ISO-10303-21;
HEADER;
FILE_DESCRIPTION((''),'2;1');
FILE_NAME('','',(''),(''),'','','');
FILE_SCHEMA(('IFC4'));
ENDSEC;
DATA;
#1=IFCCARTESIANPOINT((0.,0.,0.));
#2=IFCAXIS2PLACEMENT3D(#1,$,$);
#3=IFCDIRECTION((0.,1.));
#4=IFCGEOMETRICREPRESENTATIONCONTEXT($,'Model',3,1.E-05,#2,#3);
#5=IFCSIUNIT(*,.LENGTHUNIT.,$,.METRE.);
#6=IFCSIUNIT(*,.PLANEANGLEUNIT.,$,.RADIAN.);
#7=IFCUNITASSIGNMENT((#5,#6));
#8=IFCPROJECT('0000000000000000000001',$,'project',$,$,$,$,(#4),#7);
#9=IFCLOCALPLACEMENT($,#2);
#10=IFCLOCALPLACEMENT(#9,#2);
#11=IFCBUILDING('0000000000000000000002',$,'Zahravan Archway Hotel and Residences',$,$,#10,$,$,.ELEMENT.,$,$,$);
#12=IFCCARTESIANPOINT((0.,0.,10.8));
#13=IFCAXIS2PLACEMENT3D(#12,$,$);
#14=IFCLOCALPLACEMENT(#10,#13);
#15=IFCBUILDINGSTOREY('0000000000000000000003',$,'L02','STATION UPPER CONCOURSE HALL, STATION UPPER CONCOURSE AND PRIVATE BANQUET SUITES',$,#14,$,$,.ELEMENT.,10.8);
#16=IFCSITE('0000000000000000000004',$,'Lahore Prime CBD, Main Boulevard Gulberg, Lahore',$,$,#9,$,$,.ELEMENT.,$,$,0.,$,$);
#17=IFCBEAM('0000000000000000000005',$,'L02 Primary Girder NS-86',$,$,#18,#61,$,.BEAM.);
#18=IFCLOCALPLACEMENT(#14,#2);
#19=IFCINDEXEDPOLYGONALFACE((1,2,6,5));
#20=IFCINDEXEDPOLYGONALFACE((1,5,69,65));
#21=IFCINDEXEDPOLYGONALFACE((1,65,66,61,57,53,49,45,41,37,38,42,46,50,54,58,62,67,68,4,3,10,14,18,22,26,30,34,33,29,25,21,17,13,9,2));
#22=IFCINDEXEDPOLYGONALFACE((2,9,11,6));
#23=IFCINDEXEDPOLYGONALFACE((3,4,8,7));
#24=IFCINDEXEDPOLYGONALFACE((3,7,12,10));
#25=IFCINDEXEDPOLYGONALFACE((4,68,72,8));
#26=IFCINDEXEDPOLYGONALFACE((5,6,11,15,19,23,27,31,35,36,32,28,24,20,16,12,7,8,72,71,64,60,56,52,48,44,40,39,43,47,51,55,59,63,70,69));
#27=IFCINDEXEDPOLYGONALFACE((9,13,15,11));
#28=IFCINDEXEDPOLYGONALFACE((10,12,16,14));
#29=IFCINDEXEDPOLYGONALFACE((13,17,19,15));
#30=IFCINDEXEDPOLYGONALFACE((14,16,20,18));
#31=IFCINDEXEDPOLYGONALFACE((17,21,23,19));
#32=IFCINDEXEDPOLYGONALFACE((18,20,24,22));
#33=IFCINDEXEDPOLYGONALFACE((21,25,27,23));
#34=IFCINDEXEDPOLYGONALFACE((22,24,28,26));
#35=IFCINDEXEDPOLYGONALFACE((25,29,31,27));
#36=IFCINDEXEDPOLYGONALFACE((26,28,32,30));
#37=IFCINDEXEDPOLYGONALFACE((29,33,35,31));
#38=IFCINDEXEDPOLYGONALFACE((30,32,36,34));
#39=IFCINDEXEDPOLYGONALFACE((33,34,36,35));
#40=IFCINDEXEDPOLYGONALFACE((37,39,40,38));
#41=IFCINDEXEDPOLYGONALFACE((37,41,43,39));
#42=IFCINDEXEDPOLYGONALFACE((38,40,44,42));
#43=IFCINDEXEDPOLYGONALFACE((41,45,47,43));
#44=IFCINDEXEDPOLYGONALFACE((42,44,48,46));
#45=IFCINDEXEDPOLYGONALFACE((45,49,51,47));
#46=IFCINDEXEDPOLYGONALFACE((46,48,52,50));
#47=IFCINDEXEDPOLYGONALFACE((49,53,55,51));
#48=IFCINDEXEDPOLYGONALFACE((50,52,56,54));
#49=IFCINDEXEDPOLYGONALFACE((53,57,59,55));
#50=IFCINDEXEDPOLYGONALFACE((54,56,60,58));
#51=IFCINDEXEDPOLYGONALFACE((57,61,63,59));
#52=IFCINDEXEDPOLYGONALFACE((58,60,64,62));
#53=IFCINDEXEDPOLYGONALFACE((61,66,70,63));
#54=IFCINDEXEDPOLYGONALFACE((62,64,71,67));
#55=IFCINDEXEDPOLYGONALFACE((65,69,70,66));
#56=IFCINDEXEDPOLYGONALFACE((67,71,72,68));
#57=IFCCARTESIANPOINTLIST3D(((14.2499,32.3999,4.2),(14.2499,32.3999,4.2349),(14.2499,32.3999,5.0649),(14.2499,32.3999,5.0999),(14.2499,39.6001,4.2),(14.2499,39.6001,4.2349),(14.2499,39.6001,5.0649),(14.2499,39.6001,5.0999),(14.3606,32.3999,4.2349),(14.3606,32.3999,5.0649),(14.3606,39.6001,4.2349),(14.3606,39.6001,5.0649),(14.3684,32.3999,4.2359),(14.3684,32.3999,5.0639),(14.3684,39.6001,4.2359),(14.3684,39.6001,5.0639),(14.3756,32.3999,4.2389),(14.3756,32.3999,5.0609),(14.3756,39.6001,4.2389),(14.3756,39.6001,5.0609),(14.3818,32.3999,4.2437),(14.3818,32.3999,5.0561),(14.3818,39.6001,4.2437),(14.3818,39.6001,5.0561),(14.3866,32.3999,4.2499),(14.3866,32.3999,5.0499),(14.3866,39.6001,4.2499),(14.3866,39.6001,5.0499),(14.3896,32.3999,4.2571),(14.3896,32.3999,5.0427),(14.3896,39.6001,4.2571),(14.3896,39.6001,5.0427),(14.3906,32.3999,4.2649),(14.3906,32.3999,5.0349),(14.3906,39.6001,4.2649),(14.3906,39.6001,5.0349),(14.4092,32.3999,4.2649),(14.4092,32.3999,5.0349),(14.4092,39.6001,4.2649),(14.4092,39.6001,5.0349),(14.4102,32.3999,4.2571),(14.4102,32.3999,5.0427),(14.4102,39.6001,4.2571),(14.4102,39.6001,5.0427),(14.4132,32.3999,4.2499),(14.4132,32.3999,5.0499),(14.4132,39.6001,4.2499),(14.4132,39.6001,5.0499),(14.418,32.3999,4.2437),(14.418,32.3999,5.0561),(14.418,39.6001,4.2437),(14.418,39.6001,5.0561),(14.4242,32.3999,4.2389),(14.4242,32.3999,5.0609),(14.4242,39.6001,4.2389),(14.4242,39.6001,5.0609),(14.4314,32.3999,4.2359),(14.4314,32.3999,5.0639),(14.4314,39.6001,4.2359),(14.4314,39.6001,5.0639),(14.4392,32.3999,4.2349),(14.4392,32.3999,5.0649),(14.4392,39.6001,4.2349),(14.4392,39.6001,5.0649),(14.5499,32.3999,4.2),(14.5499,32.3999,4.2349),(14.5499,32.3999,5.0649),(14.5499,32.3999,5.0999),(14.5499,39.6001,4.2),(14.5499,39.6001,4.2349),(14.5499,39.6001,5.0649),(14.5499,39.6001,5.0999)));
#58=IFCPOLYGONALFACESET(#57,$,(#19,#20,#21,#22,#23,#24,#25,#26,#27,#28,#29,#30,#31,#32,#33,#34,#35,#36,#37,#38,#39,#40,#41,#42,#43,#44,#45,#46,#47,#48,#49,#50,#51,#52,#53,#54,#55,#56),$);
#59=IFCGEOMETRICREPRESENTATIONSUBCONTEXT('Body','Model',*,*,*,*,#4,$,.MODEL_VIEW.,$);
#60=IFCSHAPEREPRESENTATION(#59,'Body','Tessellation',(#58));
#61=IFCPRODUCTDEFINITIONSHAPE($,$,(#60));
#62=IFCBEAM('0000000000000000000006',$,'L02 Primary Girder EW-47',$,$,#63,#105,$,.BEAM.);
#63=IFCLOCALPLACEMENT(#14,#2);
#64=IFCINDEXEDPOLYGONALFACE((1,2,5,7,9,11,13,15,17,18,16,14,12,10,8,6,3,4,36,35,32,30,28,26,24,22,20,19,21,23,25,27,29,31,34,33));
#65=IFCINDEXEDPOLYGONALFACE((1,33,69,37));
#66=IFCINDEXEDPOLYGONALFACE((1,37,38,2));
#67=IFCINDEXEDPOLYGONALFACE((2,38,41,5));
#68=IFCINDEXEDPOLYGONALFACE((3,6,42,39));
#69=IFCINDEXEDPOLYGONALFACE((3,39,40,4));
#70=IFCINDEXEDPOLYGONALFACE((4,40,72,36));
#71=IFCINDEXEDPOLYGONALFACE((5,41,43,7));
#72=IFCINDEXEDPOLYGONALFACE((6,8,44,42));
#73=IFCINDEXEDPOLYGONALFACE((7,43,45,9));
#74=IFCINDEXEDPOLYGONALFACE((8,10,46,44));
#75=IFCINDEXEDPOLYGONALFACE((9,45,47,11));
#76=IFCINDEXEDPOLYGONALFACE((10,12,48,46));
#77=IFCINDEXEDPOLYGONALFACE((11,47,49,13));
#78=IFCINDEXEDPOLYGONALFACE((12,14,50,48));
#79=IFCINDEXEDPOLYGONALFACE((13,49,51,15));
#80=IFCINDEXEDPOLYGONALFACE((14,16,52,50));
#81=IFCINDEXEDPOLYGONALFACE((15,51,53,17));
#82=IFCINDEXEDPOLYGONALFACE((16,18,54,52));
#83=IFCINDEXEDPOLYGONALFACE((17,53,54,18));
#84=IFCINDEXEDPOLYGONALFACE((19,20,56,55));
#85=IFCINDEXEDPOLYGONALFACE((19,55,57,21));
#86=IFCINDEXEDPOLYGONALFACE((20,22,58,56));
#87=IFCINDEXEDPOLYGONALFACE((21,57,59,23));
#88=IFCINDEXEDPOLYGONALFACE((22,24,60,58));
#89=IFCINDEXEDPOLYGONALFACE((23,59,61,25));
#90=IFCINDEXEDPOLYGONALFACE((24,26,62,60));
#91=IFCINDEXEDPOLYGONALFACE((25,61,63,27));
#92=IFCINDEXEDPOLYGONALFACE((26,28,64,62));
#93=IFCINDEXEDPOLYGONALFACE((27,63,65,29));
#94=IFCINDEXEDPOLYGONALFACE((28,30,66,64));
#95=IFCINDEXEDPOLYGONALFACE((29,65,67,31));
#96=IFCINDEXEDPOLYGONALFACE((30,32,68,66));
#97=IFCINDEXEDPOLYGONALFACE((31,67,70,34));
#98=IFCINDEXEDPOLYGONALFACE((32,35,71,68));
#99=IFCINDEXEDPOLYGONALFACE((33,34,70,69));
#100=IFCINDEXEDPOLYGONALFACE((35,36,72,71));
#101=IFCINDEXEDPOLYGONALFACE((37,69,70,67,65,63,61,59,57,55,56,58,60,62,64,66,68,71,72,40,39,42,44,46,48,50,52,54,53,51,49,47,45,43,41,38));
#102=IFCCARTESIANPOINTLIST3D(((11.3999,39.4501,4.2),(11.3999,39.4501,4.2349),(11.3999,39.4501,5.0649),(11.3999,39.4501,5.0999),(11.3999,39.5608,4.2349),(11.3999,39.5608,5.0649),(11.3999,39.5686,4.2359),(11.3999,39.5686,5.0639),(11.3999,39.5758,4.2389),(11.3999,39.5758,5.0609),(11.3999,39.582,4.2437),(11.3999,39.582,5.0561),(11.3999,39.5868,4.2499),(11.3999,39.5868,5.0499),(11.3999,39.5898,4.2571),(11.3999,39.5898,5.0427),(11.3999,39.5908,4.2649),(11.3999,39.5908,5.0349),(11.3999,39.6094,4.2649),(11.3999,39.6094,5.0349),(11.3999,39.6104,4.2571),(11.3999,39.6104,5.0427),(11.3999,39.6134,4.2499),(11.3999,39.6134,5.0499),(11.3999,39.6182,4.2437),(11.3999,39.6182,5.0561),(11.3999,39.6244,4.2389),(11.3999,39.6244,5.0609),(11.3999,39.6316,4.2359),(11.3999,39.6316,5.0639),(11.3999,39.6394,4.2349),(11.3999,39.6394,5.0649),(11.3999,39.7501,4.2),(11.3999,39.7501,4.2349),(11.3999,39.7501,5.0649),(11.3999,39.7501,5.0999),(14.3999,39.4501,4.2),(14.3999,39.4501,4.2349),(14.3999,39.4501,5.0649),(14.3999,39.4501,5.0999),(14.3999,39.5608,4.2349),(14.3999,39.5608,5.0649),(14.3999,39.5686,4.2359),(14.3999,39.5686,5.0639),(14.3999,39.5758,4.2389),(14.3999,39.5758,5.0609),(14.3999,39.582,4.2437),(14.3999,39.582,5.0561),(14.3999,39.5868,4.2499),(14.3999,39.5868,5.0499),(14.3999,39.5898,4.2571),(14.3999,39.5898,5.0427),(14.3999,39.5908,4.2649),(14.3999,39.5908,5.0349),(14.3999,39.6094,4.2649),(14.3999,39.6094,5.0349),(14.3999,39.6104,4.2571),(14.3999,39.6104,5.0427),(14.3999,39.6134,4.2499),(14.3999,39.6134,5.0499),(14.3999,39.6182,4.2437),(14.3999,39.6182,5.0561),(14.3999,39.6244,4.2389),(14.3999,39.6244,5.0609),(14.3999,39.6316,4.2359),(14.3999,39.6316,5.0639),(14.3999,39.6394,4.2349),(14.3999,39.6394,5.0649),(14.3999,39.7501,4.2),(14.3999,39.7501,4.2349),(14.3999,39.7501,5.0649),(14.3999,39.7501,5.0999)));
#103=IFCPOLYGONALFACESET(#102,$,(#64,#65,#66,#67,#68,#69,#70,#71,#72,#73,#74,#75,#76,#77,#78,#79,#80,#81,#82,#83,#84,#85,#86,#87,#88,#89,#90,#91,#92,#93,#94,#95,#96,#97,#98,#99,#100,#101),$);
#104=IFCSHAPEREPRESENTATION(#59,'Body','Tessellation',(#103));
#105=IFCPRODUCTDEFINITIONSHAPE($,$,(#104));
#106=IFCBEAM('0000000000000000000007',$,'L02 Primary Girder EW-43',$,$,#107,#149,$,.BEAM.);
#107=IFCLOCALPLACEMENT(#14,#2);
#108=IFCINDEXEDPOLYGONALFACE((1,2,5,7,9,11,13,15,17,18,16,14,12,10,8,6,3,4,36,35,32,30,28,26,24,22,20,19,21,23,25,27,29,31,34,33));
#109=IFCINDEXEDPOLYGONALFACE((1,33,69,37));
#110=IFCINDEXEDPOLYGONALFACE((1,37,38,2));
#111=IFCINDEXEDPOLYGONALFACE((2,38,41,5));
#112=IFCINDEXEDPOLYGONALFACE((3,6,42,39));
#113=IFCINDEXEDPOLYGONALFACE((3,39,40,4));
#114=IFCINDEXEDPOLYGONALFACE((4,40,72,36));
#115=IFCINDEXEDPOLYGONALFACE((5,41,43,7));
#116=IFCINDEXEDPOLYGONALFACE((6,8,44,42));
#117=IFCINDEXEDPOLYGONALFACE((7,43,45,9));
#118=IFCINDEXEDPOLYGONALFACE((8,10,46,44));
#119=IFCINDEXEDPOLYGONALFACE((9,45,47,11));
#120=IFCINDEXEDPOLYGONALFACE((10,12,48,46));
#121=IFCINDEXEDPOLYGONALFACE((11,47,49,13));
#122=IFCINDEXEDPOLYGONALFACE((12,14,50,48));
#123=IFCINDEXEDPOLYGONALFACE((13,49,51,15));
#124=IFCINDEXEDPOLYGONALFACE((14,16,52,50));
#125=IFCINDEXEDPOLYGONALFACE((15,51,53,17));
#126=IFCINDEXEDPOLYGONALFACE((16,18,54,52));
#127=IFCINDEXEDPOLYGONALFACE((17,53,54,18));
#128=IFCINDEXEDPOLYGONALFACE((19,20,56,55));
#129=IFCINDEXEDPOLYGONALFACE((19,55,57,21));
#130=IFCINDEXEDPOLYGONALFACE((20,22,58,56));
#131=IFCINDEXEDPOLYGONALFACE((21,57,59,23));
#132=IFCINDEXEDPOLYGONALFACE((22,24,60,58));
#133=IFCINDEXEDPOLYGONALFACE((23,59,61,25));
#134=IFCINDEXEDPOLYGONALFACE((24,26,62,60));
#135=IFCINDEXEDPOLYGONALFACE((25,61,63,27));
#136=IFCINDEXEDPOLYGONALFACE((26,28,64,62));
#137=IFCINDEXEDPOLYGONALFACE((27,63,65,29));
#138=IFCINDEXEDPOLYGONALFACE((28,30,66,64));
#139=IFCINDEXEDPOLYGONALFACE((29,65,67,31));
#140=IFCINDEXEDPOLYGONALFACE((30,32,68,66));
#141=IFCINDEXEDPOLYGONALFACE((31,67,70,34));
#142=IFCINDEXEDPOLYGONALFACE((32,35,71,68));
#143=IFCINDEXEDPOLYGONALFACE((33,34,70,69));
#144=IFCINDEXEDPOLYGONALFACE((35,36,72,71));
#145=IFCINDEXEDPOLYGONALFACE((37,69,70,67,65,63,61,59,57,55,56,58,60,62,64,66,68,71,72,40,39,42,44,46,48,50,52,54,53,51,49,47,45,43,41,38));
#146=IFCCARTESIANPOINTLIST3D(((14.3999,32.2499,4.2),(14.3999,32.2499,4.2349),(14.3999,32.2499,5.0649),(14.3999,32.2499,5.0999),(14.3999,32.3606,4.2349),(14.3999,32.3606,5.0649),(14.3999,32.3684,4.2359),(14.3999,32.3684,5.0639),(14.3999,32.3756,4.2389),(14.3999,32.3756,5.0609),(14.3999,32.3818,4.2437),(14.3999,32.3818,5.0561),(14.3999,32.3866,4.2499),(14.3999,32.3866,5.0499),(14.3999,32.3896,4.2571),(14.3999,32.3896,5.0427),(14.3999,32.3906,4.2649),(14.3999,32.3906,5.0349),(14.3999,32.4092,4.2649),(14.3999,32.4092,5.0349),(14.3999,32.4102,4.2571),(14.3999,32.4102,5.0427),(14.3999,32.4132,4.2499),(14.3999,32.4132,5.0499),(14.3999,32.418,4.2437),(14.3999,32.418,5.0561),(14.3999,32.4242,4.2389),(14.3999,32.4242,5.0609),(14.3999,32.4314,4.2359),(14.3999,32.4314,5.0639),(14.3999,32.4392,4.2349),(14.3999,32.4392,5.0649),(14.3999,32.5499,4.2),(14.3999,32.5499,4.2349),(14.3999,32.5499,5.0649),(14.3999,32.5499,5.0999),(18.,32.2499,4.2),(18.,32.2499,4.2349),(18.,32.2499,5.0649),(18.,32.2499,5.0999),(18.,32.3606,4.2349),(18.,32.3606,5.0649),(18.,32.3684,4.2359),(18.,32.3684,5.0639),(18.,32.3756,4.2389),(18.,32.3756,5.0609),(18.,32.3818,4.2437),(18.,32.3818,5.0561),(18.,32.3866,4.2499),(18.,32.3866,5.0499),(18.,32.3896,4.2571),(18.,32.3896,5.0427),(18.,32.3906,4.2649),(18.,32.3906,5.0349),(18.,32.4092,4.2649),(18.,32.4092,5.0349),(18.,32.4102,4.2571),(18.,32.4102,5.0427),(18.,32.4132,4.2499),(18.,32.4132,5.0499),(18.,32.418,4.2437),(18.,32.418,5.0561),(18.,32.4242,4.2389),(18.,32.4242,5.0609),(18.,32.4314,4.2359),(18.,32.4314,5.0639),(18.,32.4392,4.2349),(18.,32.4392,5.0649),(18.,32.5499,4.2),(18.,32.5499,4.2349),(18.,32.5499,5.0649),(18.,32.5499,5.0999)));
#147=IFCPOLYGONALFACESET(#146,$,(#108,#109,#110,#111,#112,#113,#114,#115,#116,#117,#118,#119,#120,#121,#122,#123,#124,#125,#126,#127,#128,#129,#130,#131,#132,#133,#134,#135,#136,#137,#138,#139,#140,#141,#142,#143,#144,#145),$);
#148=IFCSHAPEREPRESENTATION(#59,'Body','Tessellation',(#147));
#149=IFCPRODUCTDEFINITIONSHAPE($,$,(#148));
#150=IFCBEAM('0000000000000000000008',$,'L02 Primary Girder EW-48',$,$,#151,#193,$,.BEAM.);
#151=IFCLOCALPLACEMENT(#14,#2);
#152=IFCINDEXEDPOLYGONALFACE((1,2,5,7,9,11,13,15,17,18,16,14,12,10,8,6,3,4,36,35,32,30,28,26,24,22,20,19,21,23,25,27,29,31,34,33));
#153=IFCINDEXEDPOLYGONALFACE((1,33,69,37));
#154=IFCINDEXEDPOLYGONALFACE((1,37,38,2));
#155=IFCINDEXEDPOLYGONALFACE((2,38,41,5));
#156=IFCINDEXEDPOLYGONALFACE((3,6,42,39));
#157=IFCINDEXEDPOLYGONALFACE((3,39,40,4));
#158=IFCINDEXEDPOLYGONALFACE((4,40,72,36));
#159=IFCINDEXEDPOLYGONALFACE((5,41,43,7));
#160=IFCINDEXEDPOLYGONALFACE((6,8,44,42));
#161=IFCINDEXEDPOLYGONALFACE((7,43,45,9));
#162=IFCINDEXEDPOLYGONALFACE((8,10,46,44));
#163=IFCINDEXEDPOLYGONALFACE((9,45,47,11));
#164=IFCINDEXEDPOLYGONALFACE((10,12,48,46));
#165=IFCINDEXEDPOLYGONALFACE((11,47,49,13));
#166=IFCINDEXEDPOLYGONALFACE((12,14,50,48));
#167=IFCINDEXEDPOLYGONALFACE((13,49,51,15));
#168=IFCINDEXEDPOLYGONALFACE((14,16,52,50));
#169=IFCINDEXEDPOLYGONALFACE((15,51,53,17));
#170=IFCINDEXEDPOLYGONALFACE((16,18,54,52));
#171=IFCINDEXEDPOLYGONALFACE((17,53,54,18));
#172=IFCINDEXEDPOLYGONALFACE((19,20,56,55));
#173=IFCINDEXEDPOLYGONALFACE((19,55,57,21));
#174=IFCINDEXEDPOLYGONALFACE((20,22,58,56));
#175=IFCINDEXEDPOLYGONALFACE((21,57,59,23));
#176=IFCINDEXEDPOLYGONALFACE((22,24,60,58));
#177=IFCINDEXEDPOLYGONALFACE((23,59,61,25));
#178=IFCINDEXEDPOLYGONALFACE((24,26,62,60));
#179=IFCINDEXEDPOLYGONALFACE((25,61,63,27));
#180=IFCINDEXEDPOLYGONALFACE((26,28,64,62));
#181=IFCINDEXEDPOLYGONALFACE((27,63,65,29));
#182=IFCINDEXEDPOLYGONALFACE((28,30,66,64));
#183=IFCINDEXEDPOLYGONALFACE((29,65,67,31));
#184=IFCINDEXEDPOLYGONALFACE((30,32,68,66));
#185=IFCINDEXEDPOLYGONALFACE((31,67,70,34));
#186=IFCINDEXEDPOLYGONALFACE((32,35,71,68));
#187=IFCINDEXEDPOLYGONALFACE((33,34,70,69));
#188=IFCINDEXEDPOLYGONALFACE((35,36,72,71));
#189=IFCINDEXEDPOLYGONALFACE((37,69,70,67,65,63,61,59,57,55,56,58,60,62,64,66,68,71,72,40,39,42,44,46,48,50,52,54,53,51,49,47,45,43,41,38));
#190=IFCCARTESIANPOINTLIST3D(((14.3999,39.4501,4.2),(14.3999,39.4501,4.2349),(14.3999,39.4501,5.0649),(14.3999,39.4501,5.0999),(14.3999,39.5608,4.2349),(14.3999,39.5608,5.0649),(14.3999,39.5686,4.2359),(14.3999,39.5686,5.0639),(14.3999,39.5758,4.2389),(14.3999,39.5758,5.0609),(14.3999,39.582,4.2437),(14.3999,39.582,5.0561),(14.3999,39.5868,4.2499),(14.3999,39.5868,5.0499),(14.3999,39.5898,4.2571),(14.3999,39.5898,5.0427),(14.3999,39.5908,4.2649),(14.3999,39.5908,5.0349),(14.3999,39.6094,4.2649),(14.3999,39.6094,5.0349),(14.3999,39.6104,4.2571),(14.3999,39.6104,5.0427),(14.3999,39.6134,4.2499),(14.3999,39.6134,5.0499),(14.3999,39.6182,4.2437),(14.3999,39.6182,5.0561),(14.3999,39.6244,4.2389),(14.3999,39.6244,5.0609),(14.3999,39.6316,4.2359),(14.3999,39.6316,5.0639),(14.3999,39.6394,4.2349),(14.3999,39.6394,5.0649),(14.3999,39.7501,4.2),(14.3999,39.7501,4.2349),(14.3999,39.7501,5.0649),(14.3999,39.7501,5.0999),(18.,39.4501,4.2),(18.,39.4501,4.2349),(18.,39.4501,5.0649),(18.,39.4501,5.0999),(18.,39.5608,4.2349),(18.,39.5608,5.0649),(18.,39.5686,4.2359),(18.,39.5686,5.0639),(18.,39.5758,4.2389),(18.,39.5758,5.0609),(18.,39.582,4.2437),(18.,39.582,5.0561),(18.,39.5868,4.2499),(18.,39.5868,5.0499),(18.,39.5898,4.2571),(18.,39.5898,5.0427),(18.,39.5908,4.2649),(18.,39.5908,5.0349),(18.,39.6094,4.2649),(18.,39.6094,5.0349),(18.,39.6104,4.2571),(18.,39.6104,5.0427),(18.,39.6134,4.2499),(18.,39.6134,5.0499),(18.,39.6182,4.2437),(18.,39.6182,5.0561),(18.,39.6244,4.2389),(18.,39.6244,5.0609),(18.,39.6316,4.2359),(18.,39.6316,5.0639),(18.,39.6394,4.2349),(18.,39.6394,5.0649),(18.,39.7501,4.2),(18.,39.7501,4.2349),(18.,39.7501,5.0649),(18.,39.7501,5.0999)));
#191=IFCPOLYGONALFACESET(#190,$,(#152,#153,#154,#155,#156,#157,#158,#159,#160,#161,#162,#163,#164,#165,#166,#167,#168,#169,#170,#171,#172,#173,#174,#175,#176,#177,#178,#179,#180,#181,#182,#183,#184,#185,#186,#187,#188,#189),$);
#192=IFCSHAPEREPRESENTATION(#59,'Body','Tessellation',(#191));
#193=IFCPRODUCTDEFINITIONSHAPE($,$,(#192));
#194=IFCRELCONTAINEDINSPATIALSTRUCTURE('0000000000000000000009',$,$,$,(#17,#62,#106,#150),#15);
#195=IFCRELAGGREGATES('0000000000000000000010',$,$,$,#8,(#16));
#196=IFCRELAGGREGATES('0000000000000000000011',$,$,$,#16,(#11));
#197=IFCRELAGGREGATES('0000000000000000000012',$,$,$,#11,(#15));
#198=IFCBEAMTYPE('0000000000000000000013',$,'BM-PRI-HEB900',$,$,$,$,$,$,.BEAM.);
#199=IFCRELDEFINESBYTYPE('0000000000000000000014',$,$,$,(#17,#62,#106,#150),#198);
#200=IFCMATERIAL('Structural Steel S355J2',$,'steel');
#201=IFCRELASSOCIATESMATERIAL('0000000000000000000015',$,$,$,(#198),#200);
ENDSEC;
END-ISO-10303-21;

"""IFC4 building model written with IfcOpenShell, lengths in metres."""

from ifc_helpers import new_model, si_unit, direction, frame, origin, origin_2d, place, context, subcontext, project, spatial, i_section, extrude, source, transform, mapped, material, material_profile, profile_set, type_object, element, save


model = new_model("IFC4")

# Units and contexts
model_context = context("Model", 3, precision=1e-05, world=origin(), true_north=direction((0.0, 1.0)))
body_context = subcontext(model_context, "Body", "Model", "MODEL_VIEW")
ifc_project = project(units=[si_unit("LENGTHUNIT", "METRE"), si_unit("PLANEANGLEUNIT", "RADIAN")], contexts=[model_context])

# Site, building, storey
site_placement = place(None, origin())
site = spatial("IfcSite", under=ifc_project, at=site_placement, Name="Lahore Prime CBD, Main Boulevard Gulberg, Lahore", CompositionType="ELEMENT", RefElevation=0.0)
building_placement = place(site_placement, origin())
building = spatial("IfcBuilding", under=site, at=building_placement, Name="Zahravan Archway Hotel and Residences", CompositionType="ELEMENT")
storey_placement = place(building_placement, frame((0.0, 0.0, 10.8)))
storey = spatial("IfcBuildingStorey", under=building, at=storey_placement, Name="L02", Description="STATION UPPER CONCOURSE HALL, STATION UPPER CONCOURSE AND PRIVATE BANQUET SUITES", CompositionType="ELEMENT", Elevation=10.8)

# Beams
ifc_material_1 = material(Name="Structural Steel S355J2", Category="steel")
ifc_material_profile_1 = material_profile(ifc_material_1, i_section(OverallWidth=0.3, OverallDepth=0.8999, WebThickness=0.0186, FlangeThickness=0.0349, FilletRadius=0.03, at=origin_2d()), Name="HEB 900", Category="steel")
ifc_profile_set_1 = profile_set([ifc_material_profile_1], Name="Structural Steel S355J2")
beam_type_1 = type_object("IfcBeamType", Name="BM-PRI-HEB900", PredefinedType="BEAM", material=ifc_profile_set_1)
shared_shape_1 = source(origin(), body_context, "Body", "SweptSolid", [
    extrude(i_section(OverallWidth=0.3, OverallDepth=0.8999, WebThickness=0.0186, FlangeThickness=0.0349, FilletRadius=0.03, at=origin_2d()), origin(), (0.0, 0.0, 1.0), 7.2002),
])
beam_1_placement = place(storey_placement, frame((14.3999, 32.3999, 4.6499), z_axis=(0.0, 1.0, 0.0), x_axis=(-1.0, 0.0, 0.0)))
element("IfcBeam", 1, at=beam_1_placement, inside=storey, type_object=beam_type_1, Name="L02 Primary Girder NS-86", PredefinedType="BEAM", context=body_context, shape_type="MappedRepresentation", body=[
    mapped(shared_shape_1, transform((0.0, 0.0, 0.0), scale=1.0)),
])
shared_shape_2 = source(origin(), body_context, "Body", "SweptSolid", [
    extrude(i_section(OverallWidth=0.3, OverallDepth=0.8999, WebThickness=0.0186, FlangeThickness=0.0349, FilletRadius=0.03, at=origin_2d()), origin(), (0.0, 0.0, 1.0), 3.0),
])
beam_2_placement = place(storey_placement, frame((11.3999, 39.6001, 4.6499), z_axis=(1.0, 0.0, 0.0), x_axis=(0.0, 1.0, 0.0)))
element("IfcBeam", 2, at=beam_2_placement, inside=storey, type_object=beam_type_1, Name="L02 Primary Girder EW-47", PredefinedType="BEAM", context=body_context, shape_type="MappedRepresentation", body=[
    mapped(shared_shape_2, transform((0.0, 0.0, 0.0), scale=1.0)),
])
shared_shape_3 = source(origin(), body_context, "Body", "SweptSolid", [
    extrude(i_section(OverallWidth=0.3, OverallDepth=0.8999, WebThickness=0.0186, FlangeThickness=0.0349, FilletRadius=0.03, at=origin_2d()), origin(), (0.0, 0.0, 1.0), 3.6001),
])
for number, where, z_axis, x_axis, name in (
    (3, (14.3999, 32.3999, 4.6499), (1.0, 0.0, 0.0), (0.0, 1.0, 0.0), "L02 Primary Girder EW-43"),
    (4, (14.3999, 39.6001, 4.6499), (1.0, 0.0, 0.0), (0.0, 1.0, 0.0), "L02 Primary Girder EW-48"),
):
    element("IfcBeam", number, at=place(storey_placement, frame(where, z_axis=z_axis, x_axis=x_axis)), inside=storey, type_object=beam_type_1, Name=name, PredefinedType="BEAM", context=body_context, shape_type="MappedRepresentation", body=[
        mapped(shared_shape_3, transform((0.0, 0.0, 0.0), scale=1.0)),
    ])

save(model, "model.ifc")
